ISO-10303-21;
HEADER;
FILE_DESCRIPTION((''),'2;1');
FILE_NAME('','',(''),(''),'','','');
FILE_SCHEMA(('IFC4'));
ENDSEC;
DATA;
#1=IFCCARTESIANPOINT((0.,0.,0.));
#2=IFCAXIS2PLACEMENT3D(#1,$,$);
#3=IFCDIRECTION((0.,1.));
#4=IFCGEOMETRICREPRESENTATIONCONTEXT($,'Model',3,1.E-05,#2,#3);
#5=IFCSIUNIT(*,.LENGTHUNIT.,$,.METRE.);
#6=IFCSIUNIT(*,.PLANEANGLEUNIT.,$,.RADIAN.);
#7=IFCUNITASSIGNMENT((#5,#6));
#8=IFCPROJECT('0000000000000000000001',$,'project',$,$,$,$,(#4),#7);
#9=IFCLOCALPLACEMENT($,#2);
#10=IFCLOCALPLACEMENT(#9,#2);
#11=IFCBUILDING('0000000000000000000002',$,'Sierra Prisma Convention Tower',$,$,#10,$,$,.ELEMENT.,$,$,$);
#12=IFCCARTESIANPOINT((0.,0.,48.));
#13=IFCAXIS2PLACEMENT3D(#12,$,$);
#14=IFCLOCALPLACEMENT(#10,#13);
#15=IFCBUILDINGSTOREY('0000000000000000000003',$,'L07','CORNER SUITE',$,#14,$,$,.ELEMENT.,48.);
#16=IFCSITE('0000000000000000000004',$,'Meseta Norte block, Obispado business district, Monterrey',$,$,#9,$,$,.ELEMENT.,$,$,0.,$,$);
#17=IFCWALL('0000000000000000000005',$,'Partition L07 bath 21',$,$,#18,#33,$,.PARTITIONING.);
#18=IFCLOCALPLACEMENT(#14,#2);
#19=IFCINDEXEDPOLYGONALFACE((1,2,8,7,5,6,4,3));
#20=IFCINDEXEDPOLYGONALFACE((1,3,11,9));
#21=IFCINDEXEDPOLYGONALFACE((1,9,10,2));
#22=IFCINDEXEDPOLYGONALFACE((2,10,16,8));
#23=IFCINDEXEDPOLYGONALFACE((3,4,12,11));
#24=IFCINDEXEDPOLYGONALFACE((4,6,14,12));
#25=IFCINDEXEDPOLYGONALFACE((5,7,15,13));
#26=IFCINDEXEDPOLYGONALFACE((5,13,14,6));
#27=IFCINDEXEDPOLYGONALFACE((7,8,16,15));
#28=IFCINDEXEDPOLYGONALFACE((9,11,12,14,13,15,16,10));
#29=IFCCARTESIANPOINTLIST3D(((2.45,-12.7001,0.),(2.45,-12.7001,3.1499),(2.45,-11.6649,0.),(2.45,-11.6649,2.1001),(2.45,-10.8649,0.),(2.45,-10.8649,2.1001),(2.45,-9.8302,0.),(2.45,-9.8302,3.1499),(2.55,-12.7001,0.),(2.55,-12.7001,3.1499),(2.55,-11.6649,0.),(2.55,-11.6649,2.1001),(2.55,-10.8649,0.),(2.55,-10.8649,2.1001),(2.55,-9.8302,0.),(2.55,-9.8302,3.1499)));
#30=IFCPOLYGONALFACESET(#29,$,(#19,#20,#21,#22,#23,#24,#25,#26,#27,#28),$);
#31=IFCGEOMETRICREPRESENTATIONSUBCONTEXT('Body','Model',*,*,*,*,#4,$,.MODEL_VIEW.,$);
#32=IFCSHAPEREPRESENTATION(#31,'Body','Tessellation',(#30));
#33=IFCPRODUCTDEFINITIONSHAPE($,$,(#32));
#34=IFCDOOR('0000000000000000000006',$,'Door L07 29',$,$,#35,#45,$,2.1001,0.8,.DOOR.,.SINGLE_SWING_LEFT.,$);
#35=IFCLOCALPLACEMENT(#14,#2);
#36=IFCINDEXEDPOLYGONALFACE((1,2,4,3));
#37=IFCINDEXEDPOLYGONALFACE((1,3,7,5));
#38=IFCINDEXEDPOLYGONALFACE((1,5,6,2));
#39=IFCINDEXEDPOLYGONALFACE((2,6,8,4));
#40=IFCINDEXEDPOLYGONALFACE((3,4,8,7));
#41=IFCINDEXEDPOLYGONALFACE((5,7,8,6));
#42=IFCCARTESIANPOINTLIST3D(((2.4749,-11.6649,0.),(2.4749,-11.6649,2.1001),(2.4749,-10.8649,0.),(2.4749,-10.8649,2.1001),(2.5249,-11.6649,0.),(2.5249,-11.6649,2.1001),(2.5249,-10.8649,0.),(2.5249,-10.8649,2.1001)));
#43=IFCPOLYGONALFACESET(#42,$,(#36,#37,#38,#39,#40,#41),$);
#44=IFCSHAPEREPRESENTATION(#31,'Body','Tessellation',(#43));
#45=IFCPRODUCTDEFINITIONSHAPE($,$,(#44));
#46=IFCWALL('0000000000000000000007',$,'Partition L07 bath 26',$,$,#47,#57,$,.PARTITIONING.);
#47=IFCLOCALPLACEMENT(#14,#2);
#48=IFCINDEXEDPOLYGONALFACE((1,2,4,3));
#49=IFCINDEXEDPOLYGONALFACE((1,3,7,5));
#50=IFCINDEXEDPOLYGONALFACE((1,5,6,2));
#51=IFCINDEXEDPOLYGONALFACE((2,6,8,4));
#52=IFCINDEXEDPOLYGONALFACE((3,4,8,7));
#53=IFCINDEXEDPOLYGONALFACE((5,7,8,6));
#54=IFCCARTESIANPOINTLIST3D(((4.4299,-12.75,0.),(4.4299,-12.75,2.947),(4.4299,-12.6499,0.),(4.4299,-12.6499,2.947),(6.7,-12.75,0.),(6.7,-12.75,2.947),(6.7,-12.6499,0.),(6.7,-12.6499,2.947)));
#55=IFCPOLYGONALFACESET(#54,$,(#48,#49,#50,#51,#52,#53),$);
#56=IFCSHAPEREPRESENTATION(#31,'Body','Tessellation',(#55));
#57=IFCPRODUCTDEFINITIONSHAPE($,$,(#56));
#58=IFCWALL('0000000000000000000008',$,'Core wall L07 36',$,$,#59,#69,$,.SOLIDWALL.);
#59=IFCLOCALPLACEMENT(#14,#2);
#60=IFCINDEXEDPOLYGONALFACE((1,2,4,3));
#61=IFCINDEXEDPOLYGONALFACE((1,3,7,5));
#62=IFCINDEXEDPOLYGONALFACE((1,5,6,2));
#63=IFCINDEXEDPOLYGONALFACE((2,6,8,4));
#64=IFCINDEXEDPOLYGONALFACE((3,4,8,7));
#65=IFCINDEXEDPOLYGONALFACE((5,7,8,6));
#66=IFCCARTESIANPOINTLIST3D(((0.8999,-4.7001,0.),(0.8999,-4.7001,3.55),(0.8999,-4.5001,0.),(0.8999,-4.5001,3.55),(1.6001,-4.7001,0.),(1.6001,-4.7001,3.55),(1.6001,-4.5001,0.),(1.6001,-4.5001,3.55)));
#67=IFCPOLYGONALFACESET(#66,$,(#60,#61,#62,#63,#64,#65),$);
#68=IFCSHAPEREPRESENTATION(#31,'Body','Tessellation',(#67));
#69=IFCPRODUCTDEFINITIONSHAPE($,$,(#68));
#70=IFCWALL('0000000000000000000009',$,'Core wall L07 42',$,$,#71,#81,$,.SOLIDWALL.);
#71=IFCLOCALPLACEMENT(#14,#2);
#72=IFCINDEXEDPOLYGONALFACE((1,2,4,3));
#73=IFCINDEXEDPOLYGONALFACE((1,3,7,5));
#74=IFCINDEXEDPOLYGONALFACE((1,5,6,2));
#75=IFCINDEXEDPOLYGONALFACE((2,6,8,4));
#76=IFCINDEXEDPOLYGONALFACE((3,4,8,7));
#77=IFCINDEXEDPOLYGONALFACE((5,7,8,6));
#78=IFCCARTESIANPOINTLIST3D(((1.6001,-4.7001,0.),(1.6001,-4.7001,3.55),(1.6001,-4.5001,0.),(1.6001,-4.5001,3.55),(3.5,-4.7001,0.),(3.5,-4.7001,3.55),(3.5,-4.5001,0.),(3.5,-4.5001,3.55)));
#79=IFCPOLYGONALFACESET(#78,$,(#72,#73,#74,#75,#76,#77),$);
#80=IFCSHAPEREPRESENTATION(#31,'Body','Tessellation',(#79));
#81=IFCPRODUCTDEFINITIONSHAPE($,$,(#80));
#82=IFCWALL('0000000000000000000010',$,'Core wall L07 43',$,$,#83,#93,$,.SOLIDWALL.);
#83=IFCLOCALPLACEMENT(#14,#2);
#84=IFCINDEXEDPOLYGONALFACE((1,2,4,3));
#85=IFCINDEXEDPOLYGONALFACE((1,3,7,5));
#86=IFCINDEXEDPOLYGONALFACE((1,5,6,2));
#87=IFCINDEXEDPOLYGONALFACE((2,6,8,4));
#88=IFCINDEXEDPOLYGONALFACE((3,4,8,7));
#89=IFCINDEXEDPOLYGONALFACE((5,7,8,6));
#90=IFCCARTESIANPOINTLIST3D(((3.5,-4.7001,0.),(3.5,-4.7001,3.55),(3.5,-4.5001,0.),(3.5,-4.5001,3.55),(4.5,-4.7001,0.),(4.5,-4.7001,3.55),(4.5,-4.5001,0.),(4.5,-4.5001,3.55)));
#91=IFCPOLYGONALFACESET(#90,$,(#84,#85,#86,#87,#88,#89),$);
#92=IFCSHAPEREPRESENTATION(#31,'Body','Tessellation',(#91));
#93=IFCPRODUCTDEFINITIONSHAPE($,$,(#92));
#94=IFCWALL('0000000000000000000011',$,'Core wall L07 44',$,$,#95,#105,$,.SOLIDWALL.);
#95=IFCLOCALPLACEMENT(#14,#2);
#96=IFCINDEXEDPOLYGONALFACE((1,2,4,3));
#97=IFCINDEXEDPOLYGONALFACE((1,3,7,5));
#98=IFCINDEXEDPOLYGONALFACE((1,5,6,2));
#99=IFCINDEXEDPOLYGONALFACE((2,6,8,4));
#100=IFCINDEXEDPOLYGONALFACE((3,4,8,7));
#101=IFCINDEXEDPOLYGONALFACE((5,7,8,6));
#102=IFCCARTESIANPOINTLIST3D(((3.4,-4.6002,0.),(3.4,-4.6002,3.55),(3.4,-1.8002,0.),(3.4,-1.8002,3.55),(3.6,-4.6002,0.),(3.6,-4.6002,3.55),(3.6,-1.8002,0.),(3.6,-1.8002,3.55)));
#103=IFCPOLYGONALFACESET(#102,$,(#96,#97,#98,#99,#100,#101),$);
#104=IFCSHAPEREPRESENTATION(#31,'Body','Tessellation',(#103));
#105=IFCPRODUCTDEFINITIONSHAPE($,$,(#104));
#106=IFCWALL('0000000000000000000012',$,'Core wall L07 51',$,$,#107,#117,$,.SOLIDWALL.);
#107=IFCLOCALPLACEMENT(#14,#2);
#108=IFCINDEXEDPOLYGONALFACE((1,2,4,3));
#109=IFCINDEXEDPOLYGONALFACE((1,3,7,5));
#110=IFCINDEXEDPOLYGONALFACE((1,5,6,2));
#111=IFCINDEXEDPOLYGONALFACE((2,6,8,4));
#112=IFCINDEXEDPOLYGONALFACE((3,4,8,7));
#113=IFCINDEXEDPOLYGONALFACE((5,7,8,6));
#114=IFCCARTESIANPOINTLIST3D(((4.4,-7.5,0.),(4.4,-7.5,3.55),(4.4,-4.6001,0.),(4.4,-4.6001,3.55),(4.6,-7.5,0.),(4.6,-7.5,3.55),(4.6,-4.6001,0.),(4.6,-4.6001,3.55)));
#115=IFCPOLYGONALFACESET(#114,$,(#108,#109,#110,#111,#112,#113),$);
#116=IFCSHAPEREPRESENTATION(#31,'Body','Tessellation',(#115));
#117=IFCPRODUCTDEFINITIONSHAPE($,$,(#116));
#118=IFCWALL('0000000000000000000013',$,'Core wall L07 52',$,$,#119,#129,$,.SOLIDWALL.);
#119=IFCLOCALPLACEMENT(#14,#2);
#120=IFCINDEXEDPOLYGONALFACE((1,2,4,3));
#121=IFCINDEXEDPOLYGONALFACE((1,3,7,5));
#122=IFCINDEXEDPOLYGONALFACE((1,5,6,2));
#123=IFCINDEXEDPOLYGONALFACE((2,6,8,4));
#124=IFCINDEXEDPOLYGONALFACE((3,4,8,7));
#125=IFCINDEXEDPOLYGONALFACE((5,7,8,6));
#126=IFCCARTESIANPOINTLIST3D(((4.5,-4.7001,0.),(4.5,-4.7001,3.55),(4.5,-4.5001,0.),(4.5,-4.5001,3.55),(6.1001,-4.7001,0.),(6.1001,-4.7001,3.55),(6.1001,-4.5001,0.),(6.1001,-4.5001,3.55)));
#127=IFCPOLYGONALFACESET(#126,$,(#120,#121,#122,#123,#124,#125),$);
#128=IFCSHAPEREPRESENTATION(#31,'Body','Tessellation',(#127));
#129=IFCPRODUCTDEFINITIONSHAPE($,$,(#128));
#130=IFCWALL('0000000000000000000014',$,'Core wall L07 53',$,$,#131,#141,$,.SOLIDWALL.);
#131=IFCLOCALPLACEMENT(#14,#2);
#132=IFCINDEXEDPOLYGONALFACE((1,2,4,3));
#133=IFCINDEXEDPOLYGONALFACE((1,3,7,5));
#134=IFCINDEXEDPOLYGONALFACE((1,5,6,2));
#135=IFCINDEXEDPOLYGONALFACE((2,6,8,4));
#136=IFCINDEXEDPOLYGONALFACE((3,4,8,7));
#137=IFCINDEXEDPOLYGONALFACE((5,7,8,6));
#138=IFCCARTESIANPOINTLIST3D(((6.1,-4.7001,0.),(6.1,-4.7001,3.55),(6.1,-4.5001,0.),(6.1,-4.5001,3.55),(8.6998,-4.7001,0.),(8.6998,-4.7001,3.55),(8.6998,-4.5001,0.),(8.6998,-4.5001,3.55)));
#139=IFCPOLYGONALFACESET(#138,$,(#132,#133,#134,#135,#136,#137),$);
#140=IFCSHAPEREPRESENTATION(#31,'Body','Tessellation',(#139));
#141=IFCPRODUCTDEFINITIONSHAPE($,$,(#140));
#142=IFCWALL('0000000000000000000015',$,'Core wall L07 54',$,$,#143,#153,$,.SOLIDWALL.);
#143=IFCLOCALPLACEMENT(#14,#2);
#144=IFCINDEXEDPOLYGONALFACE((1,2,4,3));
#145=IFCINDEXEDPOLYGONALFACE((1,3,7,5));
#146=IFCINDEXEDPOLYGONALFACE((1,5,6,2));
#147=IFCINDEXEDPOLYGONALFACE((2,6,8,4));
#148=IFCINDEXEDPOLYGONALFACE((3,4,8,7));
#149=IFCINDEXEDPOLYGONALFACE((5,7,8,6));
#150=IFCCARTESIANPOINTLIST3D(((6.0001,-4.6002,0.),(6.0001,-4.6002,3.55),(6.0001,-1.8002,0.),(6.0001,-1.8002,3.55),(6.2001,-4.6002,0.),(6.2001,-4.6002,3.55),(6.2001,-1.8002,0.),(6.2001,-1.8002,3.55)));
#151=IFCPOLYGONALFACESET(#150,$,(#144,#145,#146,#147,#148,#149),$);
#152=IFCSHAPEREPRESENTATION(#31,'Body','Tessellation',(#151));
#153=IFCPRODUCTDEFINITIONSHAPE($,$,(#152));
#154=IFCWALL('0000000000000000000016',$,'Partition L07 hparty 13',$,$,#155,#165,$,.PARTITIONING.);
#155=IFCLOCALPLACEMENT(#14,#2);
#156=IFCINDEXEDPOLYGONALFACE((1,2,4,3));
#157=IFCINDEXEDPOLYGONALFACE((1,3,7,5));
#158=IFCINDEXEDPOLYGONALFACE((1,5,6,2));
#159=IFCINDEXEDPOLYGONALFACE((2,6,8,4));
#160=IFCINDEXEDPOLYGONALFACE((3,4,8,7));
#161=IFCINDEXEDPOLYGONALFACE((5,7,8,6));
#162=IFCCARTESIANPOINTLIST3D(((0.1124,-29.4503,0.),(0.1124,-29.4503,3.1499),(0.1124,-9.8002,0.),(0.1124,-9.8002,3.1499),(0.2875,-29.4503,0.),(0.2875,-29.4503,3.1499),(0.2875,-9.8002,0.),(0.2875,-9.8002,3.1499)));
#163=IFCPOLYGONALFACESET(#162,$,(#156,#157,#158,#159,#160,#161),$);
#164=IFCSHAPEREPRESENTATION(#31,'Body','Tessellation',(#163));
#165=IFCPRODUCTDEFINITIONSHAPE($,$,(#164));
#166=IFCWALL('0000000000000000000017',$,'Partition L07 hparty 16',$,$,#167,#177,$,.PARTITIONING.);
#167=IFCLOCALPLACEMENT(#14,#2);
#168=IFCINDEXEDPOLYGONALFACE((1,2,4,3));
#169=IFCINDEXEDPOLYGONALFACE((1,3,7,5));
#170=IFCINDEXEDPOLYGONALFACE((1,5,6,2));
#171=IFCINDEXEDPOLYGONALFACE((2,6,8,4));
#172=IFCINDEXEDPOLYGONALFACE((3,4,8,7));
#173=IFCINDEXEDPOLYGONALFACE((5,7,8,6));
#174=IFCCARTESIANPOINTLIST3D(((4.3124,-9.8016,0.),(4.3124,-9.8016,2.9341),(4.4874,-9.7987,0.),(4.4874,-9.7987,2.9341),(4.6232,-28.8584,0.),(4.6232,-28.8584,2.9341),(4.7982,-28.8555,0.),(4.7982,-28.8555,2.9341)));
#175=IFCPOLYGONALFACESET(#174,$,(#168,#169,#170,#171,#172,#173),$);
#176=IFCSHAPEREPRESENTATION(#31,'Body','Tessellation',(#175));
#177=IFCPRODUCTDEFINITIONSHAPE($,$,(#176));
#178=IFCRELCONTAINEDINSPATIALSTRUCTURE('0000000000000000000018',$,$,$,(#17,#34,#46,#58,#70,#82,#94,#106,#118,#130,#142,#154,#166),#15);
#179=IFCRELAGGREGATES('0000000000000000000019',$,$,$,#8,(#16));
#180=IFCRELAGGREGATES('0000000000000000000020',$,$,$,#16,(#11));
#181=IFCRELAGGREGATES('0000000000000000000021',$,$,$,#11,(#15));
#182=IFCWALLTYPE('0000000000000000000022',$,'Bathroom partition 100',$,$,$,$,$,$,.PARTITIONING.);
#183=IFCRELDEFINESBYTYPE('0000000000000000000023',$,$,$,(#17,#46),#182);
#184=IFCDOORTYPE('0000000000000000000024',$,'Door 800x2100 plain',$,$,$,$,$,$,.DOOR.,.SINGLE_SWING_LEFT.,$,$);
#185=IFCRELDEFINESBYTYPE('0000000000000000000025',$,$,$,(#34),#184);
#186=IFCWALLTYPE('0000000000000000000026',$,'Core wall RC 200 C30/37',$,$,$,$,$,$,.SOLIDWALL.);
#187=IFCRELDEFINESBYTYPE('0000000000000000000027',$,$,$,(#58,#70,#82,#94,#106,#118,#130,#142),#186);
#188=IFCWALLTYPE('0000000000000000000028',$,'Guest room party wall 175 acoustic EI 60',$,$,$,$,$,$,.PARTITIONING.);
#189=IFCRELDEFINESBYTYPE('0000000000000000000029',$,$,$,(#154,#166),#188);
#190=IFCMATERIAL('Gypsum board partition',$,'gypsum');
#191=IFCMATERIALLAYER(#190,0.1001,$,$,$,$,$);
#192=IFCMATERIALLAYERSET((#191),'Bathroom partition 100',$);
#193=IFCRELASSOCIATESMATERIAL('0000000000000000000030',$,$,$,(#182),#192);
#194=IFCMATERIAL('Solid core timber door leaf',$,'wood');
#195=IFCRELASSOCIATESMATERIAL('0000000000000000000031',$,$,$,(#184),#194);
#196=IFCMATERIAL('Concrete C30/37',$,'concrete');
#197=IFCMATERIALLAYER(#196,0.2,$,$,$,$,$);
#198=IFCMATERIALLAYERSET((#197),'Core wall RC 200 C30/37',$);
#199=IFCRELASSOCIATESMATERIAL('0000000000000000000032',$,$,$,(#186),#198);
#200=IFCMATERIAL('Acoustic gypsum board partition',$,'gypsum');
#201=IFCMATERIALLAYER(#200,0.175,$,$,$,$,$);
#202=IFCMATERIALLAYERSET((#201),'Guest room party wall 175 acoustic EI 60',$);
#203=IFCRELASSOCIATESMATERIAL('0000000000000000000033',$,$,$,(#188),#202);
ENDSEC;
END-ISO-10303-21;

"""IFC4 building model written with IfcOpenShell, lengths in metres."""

from ifc_helpers import new_model, si_unit, direction, frame, frame_2d, origin, place, context, subcontext, project, spatial, rectangle, extrude, material, layer, layer_set, type_object, element, fill, save


model = new_model("IFC4")

# Units and contexts
model_context = context("Model", 3, precision=1e-05, world=origin(), true_north=direction((0.0, 1.0)))
body_context = subcontext(model_context, "Body", "Model", "MODEL_VIEW")
ifc_project = project(units=[si_unit("LENGTHUNIT", "METRE"), si_unit("PLANEANGLEUNIT", "RADIAN")], contexts=[model_context])

# Site, building, storey
site_placement = place(None, origin())
site = spatial("IfcSite", under=ifc_project, at=site_placement, Name="Meseta Norte block, Obispado business district, Monterrey", CompositionType="ELEMENT", RefElevation=0.0)
building_placement = place(site_placement, origin())
building = spatial("IfcBuilding", under=site, at=building_placement, Name="Sierra Prisma Convention Tower", CompositionType="ELEMENT")
storey_placement = place(building_placement, frame((0.0, 0.0, 48.0)))
storey = spatial("IfcBuildingStorey", under=building, at=storey_placement, Name="L07", Description="CORNER SUITE", CompositionType="ELEMENT", Elevation=48.0)

# Wall, opening, door
ifc_material_1 = material(Name="Gypsum board partition", Category="gypsum")
ifc_layer_1 = layer(ifc_material_1, 0.1001)
ifc_layer_set_1 = layer_set([ifc_layer_1], Name="Bathroom partition 100")
wall_type_1 = type_object("IfcWallType", Name="Bathroom partition 100", PredefinedType="PARTITIONING", material=ifc_layer_set_1)
wall_1_placement = place(storey_placement, frame((2.5, -9.8301, 0.0), z_axis=(0.0, 0.0, 1.0), x_axis=(0.0, -1.0, 0.0)))
wall_1 = element("IfcWall", 1, at=wall_1_placement, inside=storey, type_object=wall_type_1, Name="Partition L07 bath 21", PredefinedType="PARTITIONING", context=body_context, shape_type="SweptSolid", body=[
    extrude(rectangle(XDim=2.8699, YDim=0.1001, at=frame_2d((1.4351, 0.0))), origin(), (0.0, 0.0, 1.0), 3.1499),
])
opening_1_placement = place(wall_1_placement, frame((1.0349, 0.0, 0.0)))
opening_1 = element("IfcOpeningElement", 2, at=opening_1_placement, cuts=wall_1, PredefinedType="OPENING", context=body_context, shape_type="SweptSolid", body=[
    extrude(rectangle(XDim=0.8, YDim=2.1001, at=frame_2d((0.3999, 1.05))), frame((0.0, 0.05, 0.0), z_axis=(0.0, -1.0, 0.0), x_axis=(1.0, 0.0, 0.0)), (0.0, 0.0, 1.0), 0.1001),
])
ifc_material_2 = material(Name="Solid core timber door leaf", Category="wood")
door_type_1 = type_object("IfcDoorType", Name="Door 800x2100 plain", OperationType="SINGLE_SWING_LEFT", PredefinedType="DOOR", material=ifc_material_2)
door_1_placement = place(opening_1_placement, origin())
door_1 = element("IfcDoor", 3, at=door_1_placement, inside=storey, type_object=door_type_1, Name="Door L07 29", OperationType="SINGLE_SWING_LEFT", OverallHeight=2.1001, OverallWidth=0.8, PredefinedType="DOOR", context=body_context, shape_type="SweptSolid", body=[
    extrude(rectangle(XDim=0.8, YDim=2.1001, at=frame_2d((0.3999, 1.05))), frame((0.0, 0.0249, 0.0), z_axis=(0.0, -1.0, 0.0), x_axis=(1.0, 0.0, 0.0)), (0.0, 0.0, 1.0), 0.05),
])
fill(opening_1, door_1)

# Walls
wall_2_placement = place(storey_placement, frame((6.7, -12.7, 0.0), z_axis=(0.0, 0.0, 1.0), x_axis=(-1.0, 0.0, 0.0)))
element("IfcWall", 4, at=wall_2_placement, inside=storey, type_object=wall_type_1, Name="Partition L07 bath 26", PredefinedType="PARTITIONING", context=body_context, shape_type="SweptSolid", body=[
    extrude(rectangle(XDim=2.27, YDim=0.1001, at=frame_2d((1.135, 0.0))), origin(), (0.0, 0.0, 1.0), 2.947),
])
ifc_material_3 = material(Name="Concrete C30/37", Category="concrete")
ifc_layer_2 = layer(ifc_material_3, 0.2)
ifc_layer_set_2 = layer_set([ifc_layer_2], Name="Core wall RC 200 C30/37")
wall_type_2 = type_object("IfcWallType", Name="Core wall RC 200 C30/37", PredefinedType="SOLIDWALL", material=ifc_layer_set_2)
wall_3_placement = place(storey_placement, frame((0.8999, -4.6001, 0.0), z_axis=(0.0, 0.0, 1.0), x_axis=(1.0, 0.0, 0.0)))
element("IfcWall", 5, at=wall_3_placement, inside=storey, type_object=wall_type_2, Name="Core wall L07 36", PredefinedType="SOLIDWALL", context=body_context, shape_type="SweptSolid", body=[
    extrude(rectangle(XDim=0.7002, YDim=0.2, at=frame_2d((0.3501, 0.0))), origin(), (0.0, 0.0, 1.0), 3.55),
])

# Walls
wall_4_placement = place(storey_placement, frame((3.5, -4.6001, 0.0), z_axis=(0.0, 0.0, 1.0), x_axis=(-1.0, 0.0, 0.0)))
element("IfcWall", 6, at=wall_4_placement, inside=storey, type_object=wall_type_2, Name="Core wall L07 42", PredefinedType="SOLIDWALL", context=body_context, shape_type="SweptSolid", body=[
    extrude(rectangle(XDim=1.8999, YDim=0.2, at=frame_2d((0.95, 0.0))), origin(), (0.0, 0.0, 1.0), 3.55),
])
wall_5_placement = place(storey_placement, frame((4.5, -4.6001, 0.0), z_axis=(0.0, 0.0, 1.0), x_axis=(-1.0, 0.0, 0.0)))
element("IfcWall", 7, at=wall_5_placement, inside=storey, type_object=wall_type_2, Name="Core wall L07 43", PredefinedType="SOLIDWALL", context=body_context, shape_type="SweptSolid", body=[
    extrude(rectangle(XDim=1.0, YDim=0.2, at=frame_2d((0.5, 0.0))), origin(), (0.0, 0.0, 1.0), 3.55),
])
wall_6_placement = place(storey_placement, frame((3.5, -4.6001, 0.0), z_axis=(0.0, 0.0, 1.0), x_axis=(0.0, 1.0, 0.0)))
element("IfcWall", 8, at=wall_6_placement, inside=storey, type_object=wall_type_2, Name="Core wall L07 44", PredefinedType="SOLIDWALL", context=body_context, shape_type="SweptSolid", body=[
    extrude(rectangle(XDim=2.8, YDim=0.2, at=frame_2d((1.3999, 0.0))), origin(), (0.0, 0.0, 1.0), 3.55),
])
wall_7_placement = place(storey_placement, frame((4.5, -7.5, 0.0), z_axis=(0.0, 0.0, 1.0), x_axis=(0.0, 1.0, 0.0)))
element("IfcWall", 9, at=wall_7_placement, inside=storey, type_object=wall_type_2, Name="Core wall L07 51", PredefinedType="SOLIDWALL", context=body_context, shape_type="SweptSolid", body=[
    extrude(rectangle(XDim=2.8999, YDim=0.2, at=frame_2d((1.45, 0.0))), origin(), (0.0, 0.0, 1.0), 3.55),
])
wall_8_placement = place(storey_placement, frame((4.5, -4.6001, 0.0), z_axis=(0.0, 0.0, 1.0), x_axis=(1.0, 0.0, 0.0)))
element("IfcWall", 10, at=wall_8_placement, inside=storey, type_object=wall_type_2, Name="Core wall L07 52", PredefinedType="SOLIDWALL", context=body_context, shape_type="SweptSolid", body=[
    extrude(rectangle(XDim=1.6001, YDim=0.2, at=frame_2d((0.8, 0.0))), origin(), (0.0, 0.0, 1.0), 3.55),
])
wall_9_placement = place(storey_placement, frame((6.1001, -4.6001, 0.0), z_axis=(0.0, 0.0, 1.0), x_axis=(1.0, 0.0, 0.0)))
element("IfcWall", 11, at=wall_9_placement, inside=storey, type_object=wall_type_2, Name="Core wall L07 53", PredefinedType="SOLIDWALL", context=body_context, shape_type="SweptSolid", body=[
    extrude(rectangle(XDim=2.5999, YDim=0.2, at=frame_2d((1.2998, 0.0))), origin(), (0.0, 0.0, 1.0), 3.55),
])
wall_10_placement = place(storey_placement, frame((6.1001, -4.6001, 0.0), z_axis=(0.0, 0.0, 1.0), x_axis=(0.0, 1.0, 0.0)))
element("IfcWall", 12, at=wall_10_placement, inside=storey, type_object=wall_type_2, Name="Core wall L07 54", PredefinedType="SOLIDWALL", context=body_context, shape_type="SweptSolid", body=[
    extrude(rectangle(XDim=2.8, YDim=0.2, at=frame_2d((1.3999, 0.0))), origin(), (0.0, 0.0, 1.0), 3.55),
])
ifc_material_4 = material(Name="Acoustic gypsum board partition", Category="gypsum")
ifc_layer_3 = layer(ifc_material_4, 0.175)
ifc_layer_set_3 = layer_set([ifc_layer_3], Name="Guest room party wall 175 acoustic EI 60")
wall_type_3 = type_object("IfcWallType", Name="Guest room party wall 175 acoustic EI 60", PredefinedType="PARTITIONING", material=ifc_layer_set_3)
wall_11_placement = place(storey_placement, frame((0.2, -9.8, 0.0), z_axis=(0.0, 0.0, 1.0), x_axis=(0.0, -1.0, 0.0)))
element("IfcWall", 13, at=wall_11_placement, inside=storey, type_object=wall_type_3, Name="Partition L07 hparty 13", PredefinedType="PARTITIONING", context=body_context, shape_type="SweptSolid", body=[
    extrude(rectangle(XDim=19.6501, YDim=0.175, at=frame_2d((9.8252, 0.0))), origin(), (0.0, 0.0, 1.0), 3.1499),
])
wall_12_placement = place(storey_placement, frame((4.3999, -9.8, 0.0), z_axis=(0.0, 0.0, 1.0), x_axis=(0.016306, -0.999867, 0.0)))
element("IfcWall", 14, at=wall_12_placement, inside=storey, type_object=wall_type_3, Name="Partition L07 hparty 16", PredefinedType="PARTITIONING", context=body_context, shape_type="SweptSolid", body=[
    extrude(rectangle(XDim=19.0593, YDim=0.175, at=frame_2d((9.5298, 0.0))), origin(), (0.0, 0.0, 1.0), 2.9341),
])

save(model, "model.ifc")
